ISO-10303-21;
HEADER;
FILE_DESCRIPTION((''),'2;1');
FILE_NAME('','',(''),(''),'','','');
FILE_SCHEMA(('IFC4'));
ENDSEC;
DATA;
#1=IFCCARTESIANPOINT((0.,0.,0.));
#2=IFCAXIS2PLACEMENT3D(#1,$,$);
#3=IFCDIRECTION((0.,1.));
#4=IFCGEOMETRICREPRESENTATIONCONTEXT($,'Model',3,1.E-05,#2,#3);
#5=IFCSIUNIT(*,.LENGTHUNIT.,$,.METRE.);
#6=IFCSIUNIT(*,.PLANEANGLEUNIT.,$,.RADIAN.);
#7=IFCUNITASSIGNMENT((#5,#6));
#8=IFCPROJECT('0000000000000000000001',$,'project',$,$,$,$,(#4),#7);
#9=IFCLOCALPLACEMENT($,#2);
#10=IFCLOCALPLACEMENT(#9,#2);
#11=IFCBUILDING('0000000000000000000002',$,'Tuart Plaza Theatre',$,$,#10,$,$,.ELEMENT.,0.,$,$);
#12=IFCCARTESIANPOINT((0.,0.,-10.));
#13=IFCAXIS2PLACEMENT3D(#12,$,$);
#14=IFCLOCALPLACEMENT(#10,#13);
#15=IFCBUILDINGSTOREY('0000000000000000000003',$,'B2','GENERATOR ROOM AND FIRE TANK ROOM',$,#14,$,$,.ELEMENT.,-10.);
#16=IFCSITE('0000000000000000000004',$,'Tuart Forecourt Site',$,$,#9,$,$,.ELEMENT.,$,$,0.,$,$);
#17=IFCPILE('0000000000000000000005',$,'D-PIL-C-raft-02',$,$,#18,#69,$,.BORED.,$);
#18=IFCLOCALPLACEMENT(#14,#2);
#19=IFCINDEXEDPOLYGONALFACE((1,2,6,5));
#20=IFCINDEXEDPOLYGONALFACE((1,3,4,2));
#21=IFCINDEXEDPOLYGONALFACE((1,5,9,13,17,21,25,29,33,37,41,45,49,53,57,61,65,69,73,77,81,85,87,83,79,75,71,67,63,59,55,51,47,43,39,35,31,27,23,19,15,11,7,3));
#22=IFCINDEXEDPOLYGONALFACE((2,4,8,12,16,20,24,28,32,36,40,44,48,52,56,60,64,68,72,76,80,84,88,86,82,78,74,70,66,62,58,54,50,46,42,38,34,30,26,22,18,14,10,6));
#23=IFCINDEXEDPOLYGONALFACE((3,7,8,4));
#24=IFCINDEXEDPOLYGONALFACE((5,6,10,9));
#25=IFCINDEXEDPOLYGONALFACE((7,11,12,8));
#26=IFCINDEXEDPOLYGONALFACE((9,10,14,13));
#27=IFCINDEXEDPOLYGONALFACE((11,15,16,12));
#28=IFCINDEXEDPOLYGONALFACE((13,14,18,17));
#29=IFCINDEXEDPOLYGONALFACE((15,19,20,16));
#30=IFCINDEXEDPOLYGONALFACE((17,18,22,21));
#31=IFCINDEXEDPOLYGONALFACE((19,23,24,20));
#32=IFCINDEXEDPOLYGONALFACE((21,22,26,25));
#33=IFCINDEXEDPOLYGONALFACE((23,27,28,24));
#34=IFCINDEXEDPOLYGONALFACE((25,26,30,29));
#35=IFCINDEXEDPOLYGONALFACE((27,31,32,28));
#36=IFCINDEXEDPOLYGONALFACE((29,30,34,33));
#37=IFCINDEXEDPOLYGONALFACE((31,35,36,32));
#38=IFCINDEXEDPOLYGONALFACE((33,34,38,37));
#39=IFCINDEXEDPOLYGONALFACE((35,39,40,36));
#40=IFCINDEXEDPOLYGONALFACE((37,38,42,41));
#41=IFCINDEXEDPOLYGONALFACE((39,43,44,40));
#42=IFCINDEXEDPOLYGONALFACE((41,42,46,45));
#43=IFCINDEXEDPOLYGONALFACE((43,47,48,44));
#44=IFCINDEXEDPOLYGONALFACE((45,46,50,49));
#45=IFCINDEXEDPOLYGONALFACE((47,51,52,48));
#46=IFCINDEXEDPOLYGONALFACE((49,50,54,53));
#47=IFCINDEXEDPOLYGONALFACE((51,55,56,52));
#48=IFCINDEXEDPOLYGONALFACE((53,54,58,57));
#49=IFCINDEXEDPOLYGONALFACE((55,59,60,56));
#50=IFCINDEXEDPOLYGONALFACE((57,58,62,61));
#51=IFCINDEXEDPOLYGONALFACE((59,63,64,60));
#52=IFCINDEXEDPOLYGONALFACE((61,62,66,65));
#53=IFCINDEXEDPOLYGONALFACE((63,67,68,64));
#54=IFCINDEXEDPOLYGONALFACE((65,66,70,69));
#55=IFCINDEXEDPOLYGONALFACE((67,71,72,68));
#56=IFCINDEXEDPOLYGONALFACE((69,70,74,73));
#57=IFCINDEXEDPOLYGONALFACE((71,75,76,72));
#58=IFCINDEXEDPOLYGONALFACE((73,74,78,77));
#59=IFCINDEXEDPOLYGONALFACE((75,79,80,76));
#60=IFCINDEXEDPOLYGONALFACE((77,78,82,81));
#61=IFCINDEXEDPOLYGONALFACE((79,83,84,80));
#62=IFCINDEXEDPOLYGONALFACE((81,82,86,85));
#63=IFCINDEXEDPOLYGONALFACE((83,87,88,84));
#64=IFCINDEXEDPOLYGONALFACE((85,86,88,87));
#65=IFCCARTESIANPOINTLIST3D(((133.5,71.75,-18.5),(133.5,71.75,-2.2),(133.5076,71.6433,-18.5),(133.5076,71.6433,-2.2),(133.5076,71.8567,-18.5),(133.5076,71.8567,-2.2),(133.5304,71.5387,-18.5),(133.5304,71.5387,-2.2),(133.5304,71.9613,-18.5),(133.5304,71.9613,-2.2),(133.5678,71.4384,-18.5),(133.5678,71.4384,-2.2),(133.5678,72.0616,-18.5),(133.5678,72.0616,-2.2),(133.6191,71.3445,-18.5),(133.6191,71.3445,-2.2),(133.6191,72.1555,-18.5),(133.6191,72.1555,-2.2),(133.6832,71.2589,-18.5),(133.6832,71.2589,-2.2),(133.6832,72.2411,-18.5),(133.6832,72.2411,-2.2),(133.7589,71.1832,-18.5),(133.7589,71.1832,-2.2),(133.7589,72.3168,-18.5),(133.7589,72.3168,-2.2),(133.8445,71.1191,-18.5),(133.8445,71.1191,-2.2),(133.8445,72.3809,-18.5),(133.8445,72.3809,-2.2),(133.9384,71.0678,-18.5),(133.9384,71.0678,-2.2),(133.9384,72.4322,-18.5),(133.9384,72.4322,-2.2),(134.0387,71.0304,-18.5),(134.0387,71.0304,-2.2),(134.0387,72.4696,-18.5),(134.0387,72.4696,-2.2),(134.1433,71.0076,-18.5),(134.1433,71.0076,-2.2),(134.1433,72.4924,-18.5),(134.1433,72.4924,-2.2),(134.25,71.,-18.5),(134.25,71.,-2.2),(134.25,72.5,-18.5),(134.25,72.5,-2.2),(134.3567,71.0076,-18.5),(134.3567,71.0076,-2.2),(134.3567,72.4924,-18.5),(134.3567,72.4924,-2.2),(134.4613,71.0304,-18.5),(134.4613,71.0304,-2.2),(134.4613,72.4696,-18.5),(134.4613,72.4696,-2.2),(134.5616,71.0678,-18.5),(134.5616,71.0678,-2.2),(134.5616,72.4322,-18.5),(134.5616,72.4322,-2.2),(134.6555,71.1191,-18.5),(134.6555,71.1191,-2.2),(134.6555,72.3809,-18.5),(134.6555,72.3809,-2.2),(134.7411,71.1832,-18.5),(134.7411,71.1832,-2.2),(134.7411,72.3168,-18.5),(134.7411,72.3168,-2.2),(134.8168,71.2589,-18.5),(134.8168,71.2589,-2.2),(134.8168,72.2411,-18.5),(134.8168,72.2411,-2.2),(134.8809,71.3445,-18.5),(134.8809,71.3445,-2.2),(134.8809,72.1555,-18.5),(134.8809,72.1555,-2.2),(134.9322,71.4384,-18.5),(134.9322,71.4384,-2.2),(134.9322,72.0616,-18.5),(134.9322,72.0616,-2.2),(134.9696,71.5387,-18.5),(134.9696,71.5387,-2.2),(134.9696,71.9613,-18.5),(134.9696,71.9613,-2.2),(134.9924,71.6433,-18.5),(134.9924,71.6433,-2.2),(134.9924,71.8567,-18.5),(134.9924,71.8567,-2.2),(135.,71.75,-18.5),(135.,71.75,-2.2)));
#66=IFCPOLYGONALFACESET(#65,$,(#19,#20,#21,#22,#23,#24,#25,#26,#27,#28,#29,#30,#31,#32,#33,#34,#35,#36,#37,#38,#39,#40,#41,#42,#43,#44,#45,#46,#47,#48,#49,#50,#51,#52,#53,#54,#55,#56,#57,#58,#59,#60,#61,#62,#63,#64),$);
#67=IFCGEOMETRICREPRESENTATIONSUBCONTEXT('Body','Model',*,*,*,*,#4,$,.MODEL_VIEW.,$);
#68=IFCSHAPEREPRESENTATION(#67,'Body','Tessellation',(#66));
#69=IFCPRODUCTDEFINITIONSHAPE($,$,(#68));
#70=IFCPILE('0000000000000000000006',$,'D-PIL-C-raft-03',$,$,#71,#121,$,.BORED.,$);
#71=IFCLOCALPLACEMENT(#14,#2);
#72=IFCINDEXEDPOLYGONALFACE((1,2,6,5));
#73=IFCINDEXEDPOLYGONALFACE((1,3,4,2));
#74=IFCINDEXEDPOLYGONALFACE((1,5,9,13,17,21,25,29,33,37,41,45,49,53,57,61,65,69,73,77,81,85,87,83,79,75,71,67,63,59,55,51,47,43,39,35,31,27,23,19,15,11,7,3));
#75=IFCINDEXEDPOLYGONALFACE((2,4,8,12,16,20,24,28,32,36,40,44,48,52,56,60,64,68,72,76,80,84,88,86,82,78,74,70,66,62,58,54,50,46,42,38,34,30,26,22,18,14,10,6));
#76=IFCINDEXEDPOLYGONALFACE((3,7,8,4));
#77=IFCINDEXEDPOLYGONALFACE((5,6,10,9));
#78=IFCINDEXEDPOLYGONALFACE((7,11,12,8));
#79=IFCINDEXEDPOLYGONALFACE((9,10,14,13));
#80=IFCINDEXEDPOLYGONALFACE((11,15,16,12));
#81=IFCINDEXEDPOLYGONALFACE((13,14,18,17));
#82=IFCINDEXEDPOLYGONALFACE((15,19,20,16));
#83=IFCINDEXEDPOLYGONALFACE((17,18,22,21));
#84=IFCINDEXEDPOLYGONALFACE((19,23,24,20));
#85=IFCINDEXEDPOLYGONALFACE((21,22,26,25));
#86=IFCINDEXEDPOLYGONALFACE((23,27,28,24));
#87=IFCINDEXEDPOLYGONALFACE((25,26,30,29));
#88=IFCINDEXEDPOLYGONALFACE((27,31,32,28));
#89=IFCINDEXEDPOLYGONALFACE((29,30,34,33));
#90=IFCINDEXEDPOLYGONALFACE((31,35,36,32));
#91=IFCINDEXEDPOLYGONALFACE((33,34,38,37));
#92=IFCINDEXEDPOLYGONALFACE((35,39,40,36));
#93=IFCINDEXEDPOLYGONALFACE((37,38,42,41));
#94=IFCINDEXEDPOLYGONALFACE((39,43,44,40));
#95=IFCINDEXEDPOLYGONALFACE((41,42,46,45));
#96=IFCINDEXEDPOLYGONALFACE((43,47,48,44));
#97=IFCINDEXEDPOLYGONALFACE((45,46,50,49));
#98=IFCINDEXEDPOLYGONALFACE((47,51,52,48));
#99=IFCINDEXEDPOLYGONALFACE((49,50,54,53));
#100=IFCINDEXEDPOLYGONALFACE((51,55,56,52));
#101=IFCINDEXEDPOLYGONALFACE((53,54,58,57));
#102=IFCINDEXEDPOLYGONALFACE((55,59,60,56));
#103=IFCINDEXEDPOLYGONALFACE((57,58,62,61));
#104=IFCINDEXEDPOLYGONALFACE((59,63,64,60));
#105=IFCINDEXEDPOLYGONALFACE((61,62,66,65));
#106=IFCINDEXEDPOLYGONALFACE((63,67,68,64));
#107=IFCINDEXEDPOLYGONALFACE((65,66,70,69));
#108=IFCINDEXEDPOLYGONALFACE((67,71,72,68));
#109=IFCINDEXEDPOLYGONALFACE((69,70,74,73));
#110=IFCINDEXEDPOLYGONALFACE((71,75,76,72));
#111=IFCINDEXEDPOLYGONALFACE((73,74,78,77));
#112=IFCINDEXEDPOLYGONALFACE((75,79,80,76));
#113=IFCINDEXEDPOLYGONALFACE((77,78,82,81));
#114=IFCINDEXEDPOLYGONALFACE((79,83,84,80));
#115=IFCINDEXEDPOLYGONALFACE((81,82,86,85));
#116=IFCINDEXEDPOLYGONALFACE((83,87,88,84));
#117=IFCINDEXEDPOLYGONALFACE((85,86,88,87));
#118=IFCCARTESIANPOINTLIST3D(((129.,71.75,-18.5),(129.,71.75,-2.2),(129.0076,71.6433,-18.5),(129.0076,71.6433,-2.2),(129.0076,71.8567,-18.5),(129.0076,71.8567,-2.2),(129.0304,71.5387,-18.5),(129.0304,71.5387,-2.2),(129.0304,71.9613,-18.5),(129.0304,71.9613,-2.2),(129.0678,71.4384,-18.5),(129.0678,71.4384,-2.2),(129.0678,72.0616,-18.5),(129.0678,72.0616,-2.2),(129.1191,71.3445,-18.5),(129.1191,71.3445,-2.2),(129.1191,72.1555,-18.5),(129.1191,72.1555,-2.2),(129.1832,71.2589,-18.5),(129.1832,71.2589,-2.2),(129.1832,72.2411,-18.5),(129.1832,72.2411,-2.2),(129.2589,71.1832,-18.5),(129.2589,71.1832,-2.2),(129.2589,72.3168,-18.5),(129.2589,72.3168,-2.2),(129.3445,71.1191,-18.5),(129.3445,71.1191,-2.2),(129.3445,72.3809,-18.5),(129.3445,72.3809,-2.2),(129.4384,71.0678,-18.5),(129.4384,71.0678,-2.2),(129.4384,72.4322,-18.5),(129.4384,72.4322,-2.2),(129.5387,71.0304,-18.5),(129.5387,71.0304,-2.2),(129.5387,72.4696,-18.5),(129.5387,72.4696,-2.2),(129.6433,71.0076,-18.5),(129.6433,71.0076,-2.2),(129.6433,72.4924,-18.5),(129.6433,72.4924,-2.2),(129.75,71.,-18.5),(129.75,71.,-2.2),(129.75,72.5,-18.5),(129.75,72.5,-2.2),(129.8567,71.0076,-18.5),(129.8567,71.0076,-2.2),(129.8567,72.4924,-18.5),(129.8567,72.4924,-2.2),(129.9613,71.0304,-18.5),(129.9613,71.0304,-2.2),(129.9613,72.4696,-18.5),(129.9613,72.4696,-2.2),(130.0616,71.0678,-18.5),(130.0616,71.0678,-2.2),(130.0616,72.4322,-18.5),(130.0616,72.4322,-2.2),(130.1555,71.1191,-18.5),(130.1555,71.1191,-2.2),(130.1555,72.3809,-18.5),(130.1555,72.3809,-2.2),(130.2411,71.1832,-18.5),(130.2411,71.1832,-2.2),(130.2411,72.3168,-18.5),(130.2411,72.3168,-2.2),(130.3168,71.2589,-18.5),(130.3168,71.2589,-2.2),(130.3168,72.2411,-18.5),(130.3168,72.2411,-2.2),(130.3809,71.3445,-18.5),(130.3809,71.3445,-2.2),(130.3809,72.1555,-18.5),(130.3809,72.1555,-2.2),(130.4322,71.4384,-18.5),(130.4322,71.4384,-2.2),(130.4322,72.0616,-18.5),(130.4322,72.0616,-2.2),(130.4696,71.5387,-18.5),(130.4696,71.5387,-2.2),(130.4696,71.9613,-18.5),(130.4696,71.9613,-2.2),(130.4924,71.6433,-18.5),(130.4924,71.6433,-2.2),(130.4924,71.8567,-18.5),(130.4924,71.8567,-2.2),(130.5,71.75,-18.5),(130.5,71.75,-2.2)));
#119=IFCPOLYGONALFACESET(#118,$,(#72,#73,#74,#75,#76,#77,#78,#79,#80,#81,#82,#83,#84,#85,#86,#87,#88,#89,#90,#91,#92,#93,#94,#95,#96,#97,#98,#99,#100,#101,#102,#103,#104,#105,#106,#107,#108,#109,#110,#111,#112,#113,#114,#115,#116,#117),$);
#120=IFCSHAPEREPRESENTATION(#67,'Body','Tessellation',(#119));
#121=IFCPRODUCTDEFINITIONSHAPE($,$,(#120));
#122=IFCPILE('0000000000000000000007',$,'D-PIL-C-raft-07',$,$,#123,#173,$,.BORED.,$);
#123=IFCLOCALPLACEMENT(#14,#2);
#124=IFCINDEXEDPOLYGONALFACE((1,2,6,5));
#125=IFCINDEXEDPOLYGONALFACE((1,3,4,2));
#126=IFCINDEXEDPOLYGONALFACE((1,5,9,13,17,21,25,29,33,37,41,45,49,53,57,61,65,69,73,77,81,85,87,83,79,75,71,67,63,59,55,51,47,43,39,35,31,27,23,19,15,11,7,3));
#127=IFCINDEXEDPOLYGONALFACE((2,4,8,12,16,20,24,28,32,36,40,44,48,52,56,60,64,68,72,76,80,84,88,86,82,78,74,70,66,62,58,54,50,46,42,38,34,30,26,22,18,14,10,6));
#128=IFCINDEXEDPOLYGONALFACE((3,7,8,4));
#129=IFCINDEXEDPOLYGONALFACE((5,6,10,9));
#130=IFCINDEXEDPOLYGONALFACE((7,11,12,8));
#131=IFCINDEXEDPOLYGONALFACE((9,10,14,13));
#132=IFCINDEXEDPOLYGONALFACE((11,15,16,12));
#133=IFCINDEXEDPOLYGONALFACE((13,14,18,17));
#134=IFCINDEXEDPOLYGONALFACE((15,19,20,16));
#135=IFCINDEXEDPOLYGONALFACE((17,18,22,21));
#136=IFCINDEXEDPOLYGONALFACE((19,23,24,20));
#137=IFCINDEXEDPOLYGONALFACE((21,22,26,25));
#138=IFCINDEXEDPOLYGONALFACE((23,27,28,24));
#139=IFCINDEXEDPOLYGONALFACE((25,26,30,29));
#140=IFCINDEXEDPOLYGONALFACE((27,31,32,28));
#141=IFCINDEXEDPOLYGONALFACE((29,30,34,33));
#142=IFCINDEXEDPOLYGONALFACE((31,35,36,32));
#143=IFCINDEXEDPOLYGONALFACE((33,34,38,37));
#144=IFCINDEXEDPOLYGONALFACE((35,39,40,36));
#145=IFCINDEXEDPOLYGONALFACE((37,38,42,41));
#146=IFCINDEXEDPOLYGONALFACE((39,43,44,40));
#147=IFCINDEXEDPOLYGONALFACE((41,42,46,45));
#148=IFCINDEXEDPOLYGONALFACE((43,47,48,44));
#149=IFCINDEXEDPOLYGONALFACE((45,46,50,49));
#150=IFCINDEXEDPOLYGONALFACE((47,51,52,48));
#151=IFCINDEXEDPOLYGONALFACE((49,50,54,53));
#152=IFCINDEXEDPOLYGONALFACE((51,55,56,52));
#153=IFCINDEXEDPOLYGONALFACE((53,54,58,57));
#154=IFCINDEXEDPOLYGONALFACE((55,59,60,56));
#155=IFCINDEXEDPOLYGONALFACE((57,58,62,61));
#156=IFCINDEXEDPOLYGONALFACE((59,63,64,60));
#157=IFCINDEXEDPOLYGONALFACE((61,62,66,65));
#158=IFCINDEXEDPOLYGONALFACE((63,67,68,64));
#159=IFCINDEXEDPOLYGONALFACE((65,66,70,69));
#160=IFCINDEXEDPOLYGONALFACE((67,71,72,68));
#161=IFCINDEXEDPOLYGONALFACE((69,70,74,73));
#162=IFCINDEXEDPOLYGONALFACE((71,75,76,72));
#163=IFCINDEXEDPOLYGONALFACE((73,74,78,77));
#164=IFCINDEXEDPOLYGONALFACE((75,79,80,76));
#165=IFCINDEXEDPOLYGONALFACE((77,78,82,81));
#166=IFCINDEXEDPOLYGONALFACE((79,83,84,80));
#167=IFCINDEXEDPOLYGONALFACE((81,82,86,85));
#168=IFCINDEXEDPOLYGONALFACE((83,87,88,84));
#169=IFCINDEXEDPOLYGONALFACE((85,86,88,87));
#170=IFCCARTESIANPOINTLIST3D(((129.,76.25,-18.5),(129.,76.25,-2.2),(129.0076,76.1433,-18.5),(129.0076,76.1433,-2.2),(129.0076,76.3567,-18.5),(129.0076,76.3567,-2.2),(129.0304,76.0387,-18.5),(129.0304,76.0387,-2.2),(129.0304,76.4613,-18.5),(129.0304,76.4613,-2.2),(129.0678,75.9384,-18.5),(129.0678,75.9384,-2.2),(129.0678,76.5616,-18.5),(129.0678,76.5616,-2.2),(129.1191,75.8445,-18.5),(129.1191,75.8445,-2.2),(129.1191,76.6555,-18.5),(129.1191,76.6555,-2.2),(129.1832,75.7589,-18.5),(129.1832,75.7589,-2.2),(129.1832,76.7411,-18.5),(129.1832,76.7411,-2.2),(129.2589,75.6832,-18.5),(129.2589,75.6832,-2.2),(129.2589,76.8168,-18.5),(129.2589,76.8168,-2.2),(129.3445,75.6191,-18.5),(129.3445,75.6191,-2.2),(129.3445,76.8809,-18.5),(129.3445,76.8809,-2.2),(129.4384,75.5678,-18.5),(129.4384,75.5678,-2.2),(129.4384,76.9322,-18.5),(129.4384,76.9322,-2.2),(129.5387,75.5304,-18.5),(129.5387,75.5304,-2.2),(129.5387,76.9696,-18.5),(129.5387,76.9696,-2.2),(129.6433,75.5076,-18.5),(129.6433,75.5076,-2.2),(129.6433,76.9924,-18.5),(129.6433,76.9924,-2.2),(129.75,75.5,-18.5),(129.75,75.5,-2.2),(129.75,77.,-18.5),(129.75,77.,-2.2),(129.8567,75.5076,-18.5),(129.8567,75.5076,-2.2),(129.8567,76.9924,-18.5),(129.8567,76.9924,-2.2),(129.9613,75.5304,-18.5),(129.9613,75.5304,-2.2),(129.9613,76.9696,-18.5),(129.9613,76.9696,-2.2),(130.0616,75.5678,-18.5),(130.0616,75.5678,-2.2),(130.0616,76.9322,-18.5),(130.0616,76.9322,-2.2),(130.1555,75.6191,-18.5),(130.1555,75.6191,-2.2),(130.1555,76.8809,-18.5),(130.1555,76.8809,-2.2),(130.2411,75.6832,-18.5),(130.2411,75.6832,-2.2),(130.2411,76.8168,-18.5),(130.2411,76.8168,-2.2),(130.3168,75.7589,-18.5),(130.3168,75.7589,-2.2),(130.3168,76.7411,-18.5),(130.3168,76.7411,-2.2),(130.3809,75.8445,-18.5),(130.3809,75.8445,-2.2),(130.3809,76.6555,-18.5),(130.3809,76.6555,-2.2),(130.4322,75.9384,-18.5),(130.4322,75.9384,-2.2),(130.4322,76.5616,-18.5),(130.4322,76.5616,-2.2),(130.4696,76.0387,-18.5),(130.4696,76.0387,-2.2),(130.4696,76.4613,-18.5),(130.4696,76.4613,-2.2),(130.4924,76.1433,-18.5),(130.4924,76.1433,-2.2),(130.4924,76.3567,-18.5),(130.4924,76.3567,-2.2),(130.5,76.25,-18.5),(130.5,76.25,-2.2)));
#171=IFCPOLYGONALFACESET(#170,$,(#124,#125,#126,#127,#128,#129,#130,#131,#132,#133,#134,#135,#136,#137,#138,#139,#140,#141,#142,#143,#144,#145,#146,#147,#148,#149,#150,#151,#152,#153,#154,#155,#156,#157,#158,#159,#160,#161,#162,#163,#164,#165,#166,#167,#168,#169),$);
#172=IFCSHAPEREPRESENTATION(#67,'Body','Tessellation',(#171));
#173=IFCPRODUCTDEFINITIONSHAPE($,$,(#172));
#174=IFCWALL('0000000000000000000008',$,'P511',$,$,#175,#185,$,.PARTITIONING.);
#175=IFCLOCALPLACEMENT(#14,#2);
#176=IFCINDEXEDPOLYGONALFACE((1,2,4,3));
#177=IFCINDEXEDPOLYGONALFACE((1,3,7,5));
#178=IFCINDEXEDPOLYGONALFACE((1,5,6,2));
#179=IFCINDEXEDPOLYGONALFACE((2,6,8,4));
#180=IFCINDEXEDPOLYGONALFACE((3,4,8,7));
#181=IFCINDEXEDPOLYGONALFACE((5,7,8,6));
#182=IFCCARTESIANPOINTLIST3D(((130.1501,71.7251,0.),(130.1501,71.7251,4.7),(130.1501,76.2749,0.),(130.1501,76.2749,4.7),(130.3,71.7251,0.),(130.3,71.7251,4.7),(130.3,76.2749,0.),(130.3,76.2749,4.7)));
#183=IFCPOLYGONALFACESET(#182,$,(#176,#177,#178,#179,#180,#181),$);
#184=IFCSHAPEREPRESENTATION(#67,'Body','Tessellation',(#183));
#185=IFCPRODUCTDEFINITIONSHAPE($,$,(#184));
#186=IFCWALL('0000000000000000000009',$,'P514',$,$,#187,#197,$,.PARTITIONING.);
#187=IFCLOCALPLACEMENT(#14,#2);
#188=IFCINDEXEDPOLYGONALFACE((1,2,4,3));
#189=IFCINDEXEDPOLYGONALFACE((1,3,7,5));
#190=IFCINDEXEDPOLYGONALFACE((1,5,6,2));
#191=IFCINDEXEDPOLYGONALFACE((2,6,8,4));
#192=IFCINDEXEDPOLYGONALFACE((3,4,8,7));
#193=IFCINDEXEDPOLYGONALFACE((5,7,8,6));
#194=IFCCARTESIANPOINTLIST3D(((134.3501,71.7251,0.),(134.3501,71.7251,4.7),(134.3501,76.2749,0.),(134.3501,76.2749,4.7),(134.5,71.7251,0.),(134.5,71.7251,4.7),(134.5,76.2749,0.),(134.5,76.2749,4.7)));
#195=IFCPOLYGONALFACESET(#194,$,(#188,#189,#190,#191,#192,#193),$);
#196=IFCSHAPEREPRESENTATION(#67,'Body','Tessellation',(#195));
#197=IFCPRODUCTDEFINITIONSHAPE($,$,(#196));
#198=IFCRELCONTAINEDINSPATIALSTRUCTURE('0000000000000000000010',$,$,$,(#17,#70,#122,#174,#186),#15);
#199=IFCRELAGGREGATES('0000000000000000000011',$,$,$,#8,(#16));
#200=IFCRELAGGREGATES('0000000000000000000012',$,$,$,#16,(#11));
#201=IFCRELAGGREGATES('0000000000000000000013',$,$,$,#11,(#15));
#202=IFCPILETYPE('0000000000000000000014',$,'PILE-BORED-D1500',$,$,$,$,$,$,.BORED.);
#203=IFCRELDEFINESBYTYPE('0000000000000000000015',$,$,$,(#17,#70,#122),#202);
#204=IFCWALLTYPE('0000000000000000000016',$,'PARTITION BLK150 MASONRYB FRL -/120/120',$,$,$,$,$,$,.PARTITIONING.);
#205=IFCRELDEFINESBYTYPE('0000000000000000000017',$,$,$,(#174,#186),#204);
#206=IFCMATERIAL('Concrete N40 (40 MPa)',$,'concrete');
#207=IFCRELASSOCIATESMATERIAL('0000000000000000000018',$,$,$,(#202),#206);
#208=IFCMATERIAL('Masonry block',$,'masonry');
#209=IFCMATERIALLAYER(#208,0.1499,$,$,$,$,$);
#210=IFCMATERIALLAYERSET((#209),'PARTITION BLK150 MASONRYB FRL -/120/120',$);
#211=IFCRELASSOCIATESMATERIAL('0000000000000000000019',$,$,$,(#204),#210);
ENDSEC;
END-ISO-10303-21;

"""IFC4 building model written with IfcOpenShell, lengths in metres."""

from ifc_helpers import new_model, si_unit, direction, frame, frame_2d, origin, origin_2d, place, context, subcontext, project, spatial, rectangle, circle, extrude, material, layer, layer_set, material_profile, profile_set, type_object, element, save


model = new_model("IFC4")

# Units and contexts
model_context = context("Model", 3, precision=1e-05, world=origin(), true_north=direction((0.0, 1.0)))
body_context = subcontext(model_context, "Body", "Model", "MODEL_VIEW")
ifc_project = project(units=[si_unit("LENGTHUNIT", "METRE"), si_unit("PLANEANGLEUNIT", "RADIAN")], contexts=[model_context])

# Site, building, storey
site_placement = place(None, origin())
site = spatial("IfcSite", under=ifc_project, at=site_placement, Name="Tuart Forecourt Site", CompositionType="ELEMENT", RefElevation=0.0)
building_placement = place(site_placement, origin())
building = spatial("IfcBuilding", under=site, at=building_placement, Name="Tuart Plaza Theatre", CompositionType="ELEMENT", ElevationOfRefHeight=0.0)
storey_placement = place(building_placement, frame((0.0, 0.0, -10.0)))
storey = spatial("IfcBuildingStorey", under=building, at=storey_placement, Name="B2", Description="GENERATOR ROOM AND FIRE TANK ROOM", CompositionType="ELEMENT", Elevation=-10.0)

# Piles
ifc_material_1 = material(Name="Concrete N40 (40 MPa)", Category="concrete")
ifc_material_profile = material_profile(ifc_material_1, circle(Radius=0.75, at=origin_2d()), Name="PILE-BORED-D1500")
ifc_profile_set = profile_set([ifc_material_profile], Name="Concrete N40 (40 MPa)")
pile_type = type_object("IfcPileType", Name="PILE-BORED-D1500", PredefinedType="BORED", material=ifc_profile_set)
for number, where, z_axis, x_axis, name in (
    (1, (134.25, 71.75, -2.2), (0.0, 0.0, -1.0), (1.0, 0.0, 0.0), "D-PIL-C-raft-02"),
    (2, (129.75, 71.75, -2.2), (0.0, 0.0, -1.0), (1.0, 0.0, 0.0), "D-PIL-C-raft-03"),
    (3, (129.75, 76.25, -2.2), (0.0, 0.0, -1.0), (1.0, 0.0, 0.0), "D-PIL-C-raft-07"),
):
    element("IfcPile", number, at=place(storey_placement, frame(where, z_axis=z_axis, x_axis=x_axis)), inside=storey, type_object=pile_type, Name=name, PredefinedType="BORED", context=body_context, shape_type="SweptSolid", body=[
        extrude(circle(Radius=0.75, at=origin_2d()), origin(), (0.0, 0.0, 1.0), 16.3),
    ])

# Walls
ifc_material_2 = material(Name="Masonry block", Category="masonry")
ifc_layer_1 = layer(ifc_material_2, 0.1499)
ifc_layer_set_1 = layer_set([ifc_layer_1], Name="PARTITION BLK150 MASONRYB FRL -/120/120")
wall_type_1 = type_object("IfcWallType", Name="PARTITION BLK150 MASONRYB FRL -/120/120", PredefinedType="PARTITIONING", material=ifc_layer_set_1)
for number, where, z_axis, x_axis, name in (
    (4, (130.2251, 71.7251, 0.0), (0.0, 0.0, 1.0), (0.0, 1.0, 0.0), "P511"),
    (5, (134.425, 71.7251, 0.0), (0.0, 0.0, 1.0), (0.0, 1.0, 0.0), "P514"),
):
    element("IfcWall", number, at=place(storey_placement, frame(where, z_axis=z_axis, x_axis=x_axis)), inside=storey, type_object=wall_type_1, Name=name, PredefinedType="PARTITIONING", context=body_context, shape_type="SweptSolid", body=[
        extrude(rectangle(XDim=4.5498, YDim=0.1499, at=frame_2d((2.2749, 0.0))), origin(), (0.0, 0.0, 1.0), 4.7),
    ])

save(model, "model.ifc")
